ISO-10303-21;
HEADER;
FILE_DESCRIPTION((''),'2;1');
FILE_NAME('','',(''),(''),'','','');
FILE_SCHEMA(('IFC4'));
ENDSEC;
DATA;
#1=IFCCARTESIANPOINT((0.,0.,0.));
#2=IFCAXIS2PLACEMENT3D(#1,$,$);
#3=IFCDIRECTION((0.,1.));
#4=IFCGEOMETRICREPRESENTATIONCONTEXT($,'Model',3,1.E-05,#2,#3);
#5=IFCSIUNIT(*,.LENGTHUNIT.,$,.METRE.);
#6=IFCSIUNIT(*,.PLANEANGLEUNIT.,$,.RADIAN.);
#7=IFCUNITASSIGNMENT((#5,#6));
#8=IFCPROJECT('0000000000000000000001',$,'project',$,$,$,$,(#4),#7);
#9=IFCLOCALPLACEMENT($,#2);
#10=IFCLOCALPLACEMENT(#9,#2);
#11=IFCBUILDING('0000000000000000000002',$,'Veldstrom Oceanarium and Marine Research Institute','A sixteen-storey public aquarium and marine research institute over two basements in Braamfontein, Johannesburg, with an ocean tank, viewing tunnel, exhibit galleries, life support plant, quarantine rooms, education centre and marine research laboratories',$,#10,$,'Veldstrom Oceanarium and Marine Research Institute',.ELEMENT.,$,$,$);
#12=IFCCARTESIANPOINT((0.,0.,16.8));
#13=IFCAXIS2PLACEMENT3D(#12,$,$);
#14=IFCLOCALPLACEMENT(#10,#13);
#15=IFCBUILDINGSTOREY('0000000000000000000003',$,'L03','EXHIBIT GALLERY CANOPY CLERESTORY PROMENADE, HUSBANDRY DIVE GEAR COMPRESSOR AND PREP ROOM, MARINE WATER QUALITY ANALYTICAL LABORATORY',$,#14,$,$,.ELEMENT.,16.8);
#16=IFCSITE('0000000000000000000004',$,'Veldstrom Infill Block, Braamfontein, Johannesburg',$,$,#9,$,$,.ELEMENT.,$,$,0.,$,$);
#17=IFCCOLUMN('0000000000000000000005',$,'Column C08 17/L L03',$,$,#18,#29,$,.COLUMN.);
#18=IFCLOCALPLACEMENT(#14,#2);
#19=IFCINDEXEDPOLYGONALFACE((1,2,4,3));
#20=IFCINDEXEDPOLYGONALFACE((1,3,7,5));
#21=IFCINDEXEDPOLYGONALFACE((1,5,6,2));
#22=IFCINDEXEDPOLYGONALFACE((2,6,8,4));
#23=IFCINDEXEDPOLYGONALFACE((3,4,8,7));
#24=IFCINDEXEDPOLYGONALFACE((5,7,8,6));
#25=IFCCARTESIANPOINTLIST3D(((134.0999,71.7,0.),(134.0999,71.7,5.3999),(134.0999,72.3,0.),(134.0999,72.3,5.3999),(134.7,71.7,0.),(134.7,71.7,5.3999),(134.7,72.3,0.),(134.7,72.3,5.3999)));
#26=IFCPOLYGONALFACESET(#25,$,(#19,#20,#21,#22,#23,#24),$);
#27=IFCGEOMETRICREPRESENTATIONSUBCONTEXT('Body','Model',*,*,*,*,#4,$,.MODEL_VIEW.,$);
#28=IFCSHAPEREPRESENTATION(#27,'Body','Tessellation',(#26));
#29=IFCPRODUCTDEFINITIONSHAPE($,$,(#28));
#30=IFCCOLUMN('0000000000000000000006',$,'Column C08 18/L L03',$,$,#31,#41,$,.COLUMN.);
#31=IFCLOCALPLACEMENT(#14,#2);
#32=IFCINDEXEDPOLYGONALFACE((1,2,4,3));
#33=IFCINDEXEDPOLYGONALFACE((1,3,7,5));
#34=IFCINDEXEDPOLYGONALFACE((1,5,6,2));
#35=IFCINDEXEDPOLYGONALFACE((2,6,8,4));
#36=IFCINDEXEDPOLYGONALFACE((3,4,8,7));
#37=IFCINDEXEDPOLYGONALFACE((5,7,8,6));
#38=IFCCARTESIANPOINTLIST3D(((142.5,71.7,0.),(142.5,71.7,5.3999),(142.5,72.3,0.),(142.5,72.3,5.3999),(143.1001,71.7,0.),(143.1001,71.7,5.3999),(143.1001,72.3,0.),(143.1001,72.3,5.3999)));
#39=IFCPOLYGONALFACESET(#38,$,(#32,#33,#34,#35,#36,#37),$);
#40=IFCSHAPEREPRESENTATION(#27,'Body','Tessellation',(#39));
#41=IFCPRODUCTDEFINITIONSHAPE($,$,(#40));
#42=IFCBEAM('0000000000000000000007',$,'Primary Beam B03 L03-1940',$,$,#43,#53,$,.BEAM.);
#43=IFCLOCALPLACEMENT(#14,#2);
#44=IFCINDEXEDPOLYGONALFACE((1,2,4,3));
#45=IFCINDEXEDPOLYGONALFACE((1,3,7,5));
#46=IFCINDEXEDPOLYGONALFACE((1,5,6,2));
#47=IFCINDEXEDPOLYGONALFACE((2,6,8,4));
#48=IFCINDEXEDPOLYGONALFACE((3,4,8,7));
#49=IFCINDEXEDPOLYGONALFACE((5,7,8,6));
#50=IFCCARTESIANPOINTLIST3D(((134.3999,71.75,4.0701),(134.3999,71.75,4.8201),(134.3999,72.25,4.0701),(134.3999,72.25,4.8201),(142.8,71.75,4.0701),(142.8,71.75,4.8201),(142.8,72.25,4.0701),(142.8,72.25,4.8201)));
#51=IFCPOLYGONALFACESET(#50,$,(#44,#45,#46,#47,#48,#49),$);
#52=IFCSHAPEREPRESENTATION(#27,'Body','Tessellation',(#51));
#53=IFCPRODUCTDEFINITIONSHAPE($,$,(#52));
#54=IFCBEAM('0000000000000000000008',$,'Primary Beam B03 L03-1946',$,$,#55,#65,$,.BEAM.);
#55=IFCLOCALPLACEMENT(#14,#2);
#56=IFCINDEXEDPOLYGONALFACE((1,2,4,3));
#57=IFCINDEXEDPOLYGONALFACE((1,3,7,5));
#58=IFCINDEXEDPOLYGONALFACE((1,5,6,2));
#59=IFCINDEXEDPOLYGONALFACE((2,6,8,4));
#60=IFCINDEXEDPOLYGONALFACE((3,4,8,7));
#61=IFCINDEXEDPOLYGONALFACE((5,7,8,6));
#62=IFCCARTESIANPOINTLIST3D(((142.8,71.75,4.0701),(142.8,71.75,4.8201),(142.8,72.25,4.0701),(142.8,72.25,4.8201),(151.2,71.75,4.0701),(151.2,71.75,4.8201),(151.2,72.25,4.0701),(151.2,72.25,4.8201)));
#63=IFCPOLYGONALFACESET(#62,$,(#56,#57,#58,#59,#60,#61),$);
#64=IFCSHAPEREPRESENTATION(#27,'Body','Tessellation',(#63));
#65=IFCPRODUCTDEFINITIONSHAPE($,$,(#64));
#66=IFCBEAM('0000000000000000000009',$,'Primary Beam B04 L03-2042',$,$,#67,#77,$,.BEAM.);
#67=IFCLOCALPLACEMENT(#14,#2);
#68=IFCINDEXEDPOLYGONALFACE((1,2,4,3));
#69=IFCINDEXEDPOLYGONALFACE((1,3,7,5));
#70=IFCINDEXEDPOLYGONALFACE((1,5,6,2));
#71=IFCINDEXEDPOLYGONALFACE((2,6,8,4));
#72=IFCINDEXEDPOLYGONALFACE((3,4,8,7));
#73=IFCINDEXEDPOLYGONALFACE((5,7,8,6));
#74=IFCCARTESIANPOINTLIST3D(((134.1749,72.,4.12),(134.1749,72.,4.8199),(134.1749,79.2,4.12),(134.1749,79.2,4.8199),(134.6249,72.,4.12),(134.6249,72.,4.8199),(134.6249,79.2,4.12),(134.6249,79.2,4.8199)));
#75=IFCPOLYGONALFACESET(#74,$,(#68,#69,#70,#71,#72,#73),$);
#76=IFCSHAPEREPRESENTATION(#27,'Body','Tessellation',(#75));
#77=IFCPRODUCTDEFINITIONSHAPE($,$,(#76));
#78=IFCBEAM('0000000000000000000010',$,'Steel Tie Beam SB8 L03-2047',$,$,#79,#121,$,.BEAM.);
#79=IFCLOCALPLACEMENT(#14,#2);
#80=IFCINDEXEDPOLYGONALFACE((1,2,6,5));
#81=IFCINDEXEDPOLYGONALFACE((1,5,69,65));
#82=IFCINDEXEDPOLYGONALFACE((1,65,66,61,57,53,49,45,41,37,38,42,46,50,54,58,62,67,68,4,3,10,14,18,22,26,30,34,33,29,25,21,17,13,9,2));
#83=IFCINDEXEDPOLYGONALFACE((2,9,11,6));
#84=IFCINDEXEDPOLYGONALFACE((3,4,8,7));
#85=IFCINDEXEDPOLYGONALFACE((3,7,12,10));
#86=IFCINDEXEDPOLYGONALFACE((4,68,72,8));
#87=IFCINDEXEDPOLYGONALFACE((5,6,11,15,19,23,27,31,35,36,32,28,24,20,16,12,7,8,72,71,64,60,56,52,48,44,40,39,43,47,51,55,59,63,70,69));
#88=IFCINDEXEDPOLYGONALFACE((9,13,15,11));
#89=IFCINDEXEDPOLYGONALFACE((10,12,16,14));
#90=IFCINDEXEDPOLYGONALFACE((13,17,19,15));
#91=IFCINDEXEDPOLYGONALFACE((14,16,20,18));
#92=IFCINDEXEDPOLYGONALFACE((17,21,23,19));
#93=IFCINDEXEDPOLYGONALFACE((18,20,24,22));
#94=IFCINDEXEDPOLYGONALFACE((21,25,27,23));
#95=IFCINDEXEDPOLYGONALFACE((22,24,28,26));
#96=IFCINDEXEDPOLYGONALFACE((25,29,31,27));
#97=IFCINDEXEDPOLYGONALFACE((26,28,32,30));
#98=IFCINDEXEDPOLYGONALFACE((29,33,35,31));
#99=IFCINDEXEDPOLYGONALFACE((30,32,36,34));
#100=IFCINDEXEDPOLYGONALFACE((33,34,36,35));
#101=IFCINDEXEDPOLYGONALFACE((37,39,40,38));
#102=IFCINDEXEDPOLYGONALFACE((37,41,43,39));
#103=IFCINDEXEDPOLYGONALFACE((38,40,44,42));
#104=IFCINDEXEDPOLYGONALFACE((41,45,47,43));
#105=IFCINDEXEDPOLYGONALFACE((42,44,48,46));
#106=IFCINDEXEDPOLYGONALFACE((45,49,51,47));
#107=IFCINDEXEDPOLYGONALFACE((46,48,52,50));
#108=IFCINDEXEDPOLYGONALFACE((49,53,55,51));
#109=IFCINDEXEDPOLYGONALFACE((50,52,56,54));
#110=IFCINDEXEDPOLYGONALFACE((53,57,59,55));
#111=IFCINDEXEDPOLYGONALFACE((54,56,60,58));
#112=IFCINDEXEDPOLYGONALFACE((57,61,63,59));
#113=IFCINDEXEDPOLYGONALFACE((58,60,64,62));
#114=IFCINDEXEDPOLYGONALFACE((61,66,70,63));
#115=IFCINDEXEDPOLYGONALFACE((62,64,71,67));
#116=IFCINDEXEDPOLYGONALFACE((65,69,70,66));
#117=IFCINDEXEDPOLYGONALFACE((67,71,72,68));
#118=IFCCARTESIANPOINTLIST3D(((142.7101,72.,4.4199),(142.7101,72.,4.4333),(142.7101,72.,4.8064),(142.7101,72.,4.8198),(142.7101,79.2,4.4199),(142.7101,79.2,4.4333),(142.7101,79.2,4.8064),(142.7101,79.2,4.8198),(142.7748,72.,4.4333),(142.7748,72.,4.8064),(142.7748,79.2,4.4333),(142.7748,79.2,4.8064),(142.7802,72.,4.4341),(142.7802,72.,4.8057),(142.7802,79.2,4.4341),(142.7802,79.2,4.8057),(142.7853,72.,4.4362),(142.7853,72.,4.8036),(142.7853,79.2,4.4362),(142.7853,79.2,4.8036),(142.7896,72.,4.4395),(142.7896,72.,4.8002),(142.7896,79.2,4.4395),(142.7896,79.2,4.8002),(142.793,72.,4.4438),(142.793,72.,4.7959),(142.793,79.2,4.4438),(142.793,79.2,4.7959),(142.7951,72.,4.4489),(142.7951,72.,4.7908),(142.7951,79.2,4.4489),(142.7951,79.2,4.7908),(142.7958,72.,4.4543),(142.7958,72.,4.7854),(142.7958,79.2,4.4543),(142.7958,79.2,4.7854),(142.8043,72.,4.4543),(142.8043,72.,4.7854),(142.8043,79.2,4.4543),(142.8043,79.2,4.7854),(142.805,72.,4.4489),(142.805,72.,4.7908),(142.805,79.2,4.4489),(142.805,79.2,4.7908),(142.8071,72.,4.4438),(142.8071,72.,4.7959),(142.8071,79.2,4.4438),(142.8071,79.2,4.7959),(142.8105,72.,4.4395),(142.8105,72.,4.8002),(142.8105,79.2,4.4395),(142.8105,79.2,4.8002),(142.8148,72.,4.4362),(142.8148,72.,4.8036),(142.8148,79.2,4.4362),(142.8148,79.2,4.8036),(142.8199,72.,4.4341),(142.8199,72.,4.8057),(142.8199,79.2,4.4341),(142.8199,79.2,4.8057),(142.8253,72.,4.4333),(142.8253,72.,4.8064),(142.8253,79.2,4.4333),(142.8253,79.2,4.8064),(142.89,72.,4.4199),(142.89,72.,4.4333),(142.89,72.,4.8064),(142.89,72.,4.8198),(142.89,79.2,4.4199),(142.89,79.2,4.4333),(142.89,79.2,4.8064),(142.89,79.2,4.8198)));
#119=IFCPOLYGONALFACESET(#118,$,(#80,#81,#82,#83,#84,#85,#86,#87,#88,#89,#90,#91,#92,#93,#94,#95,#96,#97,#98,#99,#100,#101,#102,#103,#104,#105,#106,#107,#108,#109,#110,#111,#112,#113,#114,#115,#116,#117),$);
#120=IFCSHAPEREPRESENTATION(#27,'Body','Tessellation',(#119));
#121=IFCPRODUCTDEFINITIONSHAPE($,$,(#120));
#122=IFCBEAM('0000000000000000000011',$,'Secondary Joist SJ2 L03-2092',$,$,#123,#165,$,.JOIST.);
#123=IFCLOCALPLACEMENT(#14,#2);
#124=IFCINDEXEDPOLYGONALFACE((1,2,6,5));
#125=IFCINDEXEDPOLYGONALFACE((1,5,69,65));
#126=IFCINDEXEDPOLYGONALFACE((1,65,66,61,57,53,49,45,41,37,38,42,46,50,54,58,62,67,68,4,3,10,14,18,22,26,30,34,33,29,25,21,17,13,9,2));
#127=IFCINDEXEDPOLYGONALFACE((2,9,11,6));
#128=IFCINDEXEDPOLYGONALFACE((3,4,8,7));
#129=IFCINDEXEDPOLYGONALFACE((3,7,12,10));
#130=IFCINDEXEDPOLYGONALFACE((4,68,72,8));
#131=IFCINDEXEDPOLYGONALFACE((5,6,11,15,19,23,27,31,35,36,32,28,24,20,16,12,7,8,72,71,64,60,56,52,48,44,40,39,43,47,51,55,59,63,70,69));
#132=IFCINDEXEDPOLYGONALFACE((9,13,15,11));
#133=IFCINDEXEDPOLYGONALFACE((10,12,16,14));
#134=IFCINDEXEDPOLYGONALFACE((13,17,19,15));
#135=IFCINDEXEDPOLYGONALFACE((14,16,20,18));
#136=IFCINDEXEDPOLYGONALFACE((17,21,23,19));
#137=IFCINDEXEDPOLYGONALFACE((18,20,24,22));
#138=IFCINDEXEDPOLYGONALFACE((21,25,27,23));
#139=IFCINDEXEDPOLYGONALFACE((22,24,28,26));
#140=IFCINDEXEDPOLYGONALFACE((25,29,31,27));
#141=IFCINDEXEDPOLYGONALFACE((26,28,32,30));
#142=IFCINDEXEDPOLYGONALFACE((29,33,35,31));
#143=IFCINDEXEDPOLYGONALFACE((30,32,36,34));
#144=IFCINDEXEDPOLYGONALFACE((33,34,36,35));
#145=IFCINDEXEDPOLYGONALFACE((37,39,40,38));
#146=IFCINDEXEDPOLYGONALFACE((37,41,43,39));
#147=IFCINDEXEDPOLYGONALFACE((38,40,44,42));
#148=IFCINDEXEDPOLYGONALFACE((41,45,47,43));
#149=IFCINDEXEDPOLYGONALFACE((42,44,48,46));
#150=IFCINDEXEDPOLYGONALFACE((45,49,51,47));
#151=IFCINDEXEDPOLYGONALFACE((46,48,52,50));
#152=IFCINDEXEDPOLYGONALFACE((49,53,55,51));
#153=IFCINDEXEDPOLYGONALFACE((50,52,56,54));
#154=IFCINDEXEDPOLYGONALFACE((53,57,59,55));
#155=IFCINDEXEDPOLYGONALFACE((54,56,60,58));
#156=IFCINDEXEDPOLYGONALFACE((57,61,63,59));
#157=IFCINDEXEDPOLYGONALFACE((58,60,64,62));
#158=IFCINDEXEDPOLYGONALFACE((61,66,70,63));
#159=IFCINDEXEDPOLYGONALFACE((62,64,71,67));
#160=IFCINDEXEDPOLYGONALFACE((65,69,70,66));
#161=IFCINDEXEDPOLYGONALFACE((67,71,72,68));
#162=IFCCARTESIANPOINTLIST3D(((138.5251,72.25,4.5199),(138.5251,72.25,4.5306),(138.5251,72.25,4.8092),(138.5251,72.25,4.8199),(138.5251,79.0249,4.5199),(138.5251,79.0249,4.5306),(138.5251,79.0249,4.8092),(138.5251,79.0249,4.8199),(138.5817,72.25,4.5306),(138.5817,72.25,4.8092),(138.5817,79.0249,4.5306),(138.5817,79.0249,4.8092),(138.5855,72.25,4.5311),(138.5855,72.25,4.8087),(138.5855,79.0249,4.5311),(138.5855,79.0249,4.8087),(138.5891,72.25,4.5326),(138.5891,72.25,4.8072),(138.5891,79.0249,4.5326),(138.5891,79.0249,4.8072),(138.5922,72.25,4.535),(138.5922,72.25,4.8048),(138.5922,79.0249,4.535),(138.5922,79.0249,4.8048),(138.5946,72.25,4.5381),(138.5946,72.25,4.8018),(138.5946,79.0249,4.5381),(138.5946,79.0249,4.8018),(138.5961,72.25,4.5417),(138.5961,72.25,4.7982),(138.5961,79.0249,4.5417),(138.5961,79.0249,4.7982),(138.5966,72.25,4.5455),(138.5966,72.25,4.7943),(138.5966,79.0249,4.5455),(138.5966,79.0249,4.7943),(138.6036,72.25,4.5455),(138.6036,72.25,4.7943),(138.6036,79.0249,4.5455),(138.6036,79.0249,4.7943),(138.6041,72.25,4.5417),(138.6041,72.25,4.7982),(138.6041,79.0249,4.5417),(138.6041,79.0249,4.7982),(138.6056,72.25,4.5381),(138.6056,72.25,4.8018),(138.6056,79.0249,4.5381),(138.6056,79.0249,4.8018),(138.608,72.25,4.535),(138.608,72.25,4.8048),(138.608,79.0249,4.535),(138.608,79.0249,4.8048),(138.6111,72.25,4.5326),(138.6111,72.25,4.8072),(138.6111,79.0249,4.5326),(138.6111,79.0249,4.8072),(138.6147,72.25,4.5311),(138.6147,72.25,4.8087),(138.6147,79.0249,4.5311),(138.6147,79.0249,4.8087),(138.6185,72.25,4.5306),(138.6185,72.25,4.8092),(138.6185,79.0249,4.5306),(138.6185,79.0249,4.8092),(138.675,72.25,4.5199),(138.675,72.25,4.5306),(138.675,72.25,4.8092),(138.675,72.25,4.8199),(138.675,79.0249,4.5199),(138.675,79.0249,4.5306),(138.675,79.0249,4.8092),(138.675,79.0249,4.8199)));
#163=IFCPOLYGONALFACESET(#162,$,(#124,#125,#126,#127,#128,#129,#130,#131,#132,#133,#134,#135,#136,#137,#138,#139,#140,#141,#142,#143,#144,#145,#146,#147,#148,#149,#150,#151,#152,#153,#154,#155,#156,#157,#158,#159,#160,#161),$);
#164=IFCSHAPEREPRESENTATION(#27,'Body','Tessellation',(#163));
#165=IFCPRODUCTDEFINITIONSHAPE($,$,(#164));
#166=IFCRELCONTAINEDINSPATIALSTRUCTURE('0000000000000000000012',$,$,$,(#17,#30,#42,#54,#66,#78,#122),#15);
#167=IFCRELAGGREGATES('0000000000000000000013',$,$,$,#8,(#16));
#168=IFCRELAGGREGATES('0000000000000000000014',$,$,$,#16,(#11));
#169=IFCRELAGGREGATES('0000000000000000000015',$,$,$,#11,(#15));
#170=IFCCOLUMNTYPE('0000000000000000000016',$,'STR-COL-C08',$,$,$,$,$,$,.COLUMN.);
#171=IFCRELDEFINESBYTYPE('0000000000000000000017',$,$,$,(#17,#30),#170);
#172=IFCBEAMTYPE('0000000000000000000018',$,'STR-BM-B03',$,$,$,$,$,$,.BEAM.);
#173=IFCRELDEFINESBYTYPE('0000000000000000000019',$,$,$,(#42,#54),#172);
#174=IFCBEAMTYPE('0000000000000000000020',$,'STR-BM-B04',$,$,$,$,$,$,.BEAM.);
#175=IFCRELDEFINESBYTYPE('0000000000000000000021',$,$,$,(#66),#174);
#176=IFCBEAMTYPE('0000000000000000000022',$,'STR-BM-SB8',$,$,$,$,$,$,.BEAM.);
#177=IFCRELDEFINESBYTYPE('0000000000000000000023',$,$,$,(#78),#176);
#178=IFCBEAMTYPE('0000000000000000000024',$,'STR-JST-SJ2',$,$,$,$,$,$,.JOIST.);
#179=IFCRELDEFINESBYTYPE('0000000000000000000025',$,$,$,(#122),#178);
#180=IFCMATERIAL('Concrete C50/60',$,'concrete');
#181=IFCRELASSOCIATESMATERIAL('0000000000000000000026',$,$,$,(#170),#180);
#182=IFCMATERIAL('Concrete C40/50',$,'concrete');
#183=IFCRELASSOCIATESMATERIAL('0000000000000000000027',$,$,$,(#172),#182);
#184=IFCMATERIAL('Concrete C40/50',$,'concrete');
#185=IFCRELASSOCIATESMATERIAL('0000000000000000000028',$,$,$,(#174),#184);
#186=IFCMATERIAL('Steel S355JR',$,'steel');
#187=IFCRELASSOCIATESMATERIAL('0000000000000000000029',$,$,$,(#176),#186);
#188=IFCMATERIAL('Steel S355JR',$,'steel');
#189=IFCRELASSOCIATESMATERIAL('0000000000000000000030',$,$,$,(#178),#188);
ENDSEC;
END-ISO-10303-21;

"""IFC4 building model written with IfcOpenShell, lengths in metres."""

from ifc_helpers import new_model, si_unit, direction, frame, origin, origin_2d, place, context, subcontext, project, spatial, rectangle, i_section, extrude, material, material_profile, profile_set, type_object, element, save


model = new_model("IFC4")

# Units and contexts
model_context = context("Model", 3, precision=1e-05, world=origin(), true_north=direction((0.0, 1.0)))
body_context = subcontext(model_context, "Body", "Model", "MODEL_VIEW")
ifc_project = project(units=[si_unit("LENGTHUNIT", "METRE"), si_unit("PLANEANGLEUNIT", "RADIAN")], contexts=[model_context])

# Site, building, storey
site_placement = place(None, origin())
site = spatial("IfcSite", under=ifc_project, at=site_placement, Name="Veldstrom Infill Block, Braamfontein, Johannesburg", CompositionType="ELEMENT", RefElevation=0.0)
building_placement = place(site_placement, origin())
building = spatial("IfcBuilding", under=site, at=building_placement, Name="Veldstrom Oceanarium and Marine Research Institute", Description="A sixteen-storey public aquarium and marine research institute over two basements in Braamfontein, Johannesburg, with an ocean tank, viewing tunnel, exhibit galleries, life support plant, quarantine rooms, education centre and marine research laboratories", LongName="Veldstrom Oceanarium and Marine Research Institute", CompositionType="ELEMENT")
storey_placement = place(building_placement, frame((0.0, 0.0, 16.8)))
storey = spatial("IfcBuildingStorey", under=building, at=storey_placement, Name="L03", Description="EXHIBIT GALLERY CANOPY CLERESTORY PROMENADE, HUSBANDRY DIVE GEAR COMPRESSOR AND PREP ROOM, MARINE WATER QUALITY ANALYTICAL LABORATORY", CompositionType="ELEMENT", Elevation=16.8)

# Columns
ifc_material_1 = material(Name="Concrete C50/60", Category="concrete")
ifc_material_profile_1 = material_profile(ifc_material_1, rectangle(XDim=0.6001, YDim=0.6001, at=origin_2d()), Name="RC-COL-600x600")
ifc_profile_set_1 = profile_set([ifc_material_profile_1], Name="Concrete C50/60")
column_type = type_object("IfcColumnType", Name="STR-COL-C08", PredefinedType="COLUMN", material=ifc_profile_set_1)
for number, where, z_axis, x_axis, name in (
    (1, (134.3999, 72.0, 0.0), (0.0, 0.0, 1.0), (1.0, 0.0, 0.0), "Column C08 17/L L03"),
    (2, (142.8, 72.0, 0.0), (0.0, 0.0, 1.0), (1.0, 0.0, 0.0), "Column C08 18/L L03"),
):
    element("IfcColumn", number, at=place(storey_placement, frame(where, z_axis=z_axis, x_axis=x_axis)), inside=storey, type_object=column_type, Name=name, PredefinedType="COLUMN", context=body_context, shape_type="SweptSolid", body=[
        extrude(rectangle(XDim=0.6001, YDim=0.6001, at=origin_2d()), origin(), (0.0, 0.0, 1.0), 5.3999),
    ])

# Beams
ifc_material_2 = material(Name="Concrete C40/50", Category="concrete")
ifc_material_profile_2 = material_profile(ifc_material_2, rectangle(XDim=0.5, YDim=0.75, at=origin_2d()), Name="RC-BM-500x750")
ifc_profile_set_2 = profile_set([ifc_material_profile_2], Name="Concrete C40/50")
beam_type_1 = type_object("IfcBeamType", Name="STR-BM-B03", PredefinedType="BEAM", material=ifc_profile_set_2)
beam_1_placement = place(storey_placement, frame((134.3999, 72.0, 4.4451), z_axis=(1.0, 0.0, 0.0), x_axis=(0.0, 1.0, 0.0)))
element("IfcBeam", 3, at=beam_1_placement, inside=storey, type_object=beam_type_1, Name="Primary Beam B03 L03-1940", PredefinedType="BEAM", context=body_context, shape_type="SweptSolid", body=[
    extrude(rectangle(XDim=0.5, YDim=0.75, at=origin_2d()), origin(), (0.0, 0.0, 1.0), 8.4001),
])
beam_2_placement = place(storey_placement, frame((142.8, 72.0, 4.4451), z_axis=(1.0, 0.0, 0.0), x_axis=(0.0, 1.0, 0.0)))
element("IfcBeam", 4, at=beam_2_placement, inside=storey, type_object=beam_type_1, Name="Primary Beam B03 L03-1946", PredefinedType="BEAM", context=body_context, shape_type="SweptSolid", body=[
    extrude(rectangle(XDim=0.5, YDim=0.75, at=origin_2d()), origin(), (0.0, 0.0, 1.0), 8.3999),
])
ifc_material_3 = material(Name="Concrete C40/50", Category="concrete")
ifc_material_profile_3 = material_profile(ifc_material_3, rectangle(XDim=0.45, YDim=0.7, at=origin_2d()), Name="RC-BM-450x700")
ifc_profile_set_3 = profile_set([ifc_material_profile_3], Name="Concrete C40/50")
beam_type_2 = type_object("IfcBeamType", Name="STR-BM-B04", PredefinedType="BEAM", material=ifc_profile_set_3)
beam_3_placement = place(storey_placement, frame((134.3999, 72.0, 4.47), z_axis=(0.0, 1.0, 0.0), x_axis=(-1.0, 0.0, 0.0)))
element("IfcBeam", 5, at=beam_3_placement, inside=storey, type_object=beam_type_2, Name="Primary Beam B04 L03-2042", PredefinedType="BEAM", context=body_context, shape_type="SweptSolid", body=[
    extrude(rectangle(XDim=0.45, YDim=0.7, at=origin_2d()), origin(), (0.0, 0.0, 1.0), 7.2),
])
ifc_material_4 = material(Name="Steel S355JR", Category="steel")
ifc_material_profile_4 = material_profile(ifc_material_4, i_section(OverallWidth=0.1799, OverallDepth=0.3999, WebThickness=0.0085, FlangeThickness=0.0134, FilletRadius=0.021, at=origin_2d()), Name="IPE 400")
ifc_profile_set_4 = profile_set([ifc_material_profile_4], Name="Steel S355JR")
beam_type_3 = type_object("IfcBeamType", Name="STR-BM-SB8", PredefinedType="BEAM", material=ifc_profile_set_4)
beam_4_placement = place(storey_placement, frame((142.8, 72.0, 4.6199), z_axis=(0.0, 1.0, 0.0), x_axis=(-1.0, 0.0, 0.0)))
element("IfcBeam", 6, at=beam_4_placement, inside=storey, type_object=beam_type_3, Name="Steel Tie Beam SB8 L03-2047", PredefinedType="BEAM", context=body_context, shape_type="SweptSolid", body=[
    extrude(i_section(OverallWidth=0.1799, OverallDepth=0.3999, WebThickness=0.0085, FlangeThickness=0.0134, FilletRadius=0.021, at=origin_2d()), origin(), (0.0, 0.0, 1.0), 7.2),
])
ifc_material_5 = material(Name="Steel S355JR", Category="steel")
ifc_material_profile_5 = material_profile(ifc_material_5, i_section(OverallWidth=0.1499, OverallDepth=0.3, WebThickness=0.0071, FlangeThickness=0.0107, FilletRadius=0.0149, at=origin_2d()), Name="IPE 300")
ifc_profile_set_5 = profile_set([ifc_material_profile_5], Name="Steel S355JR")
beam_type_4 = type_object("IfcBeamType", Name="STR-JST-SJ2", PredefinedType="JOIST", material=ifc_profile_set_5)
beam_5_placement = place(storey_placement, frame((138.6001, 72.25, 4.6699), z_axis=(0.0, 1.0, 0.0), x_axis=(-1.0, 0.0, 0.0)))
element("IfcBeam", 7, at=beam_5_placement, inside=storey, type_object=beam_type_4, Name="Secondary Joist SJ2 L03-2092", PredefinedType="JOIST", context=body_context, shape_type="SweptSolid", body=[
    extrude(i_section(OverallWidth=0.1499, OverallDepth=0.3, WebThickness=0.0071, FlangeThickness=0.0107, FilletRadius=0.0149, at=origin_2d()), origin(), (0.0, 0.0, 1.0), 6.7749),
])

save(model, "model.ifc")
